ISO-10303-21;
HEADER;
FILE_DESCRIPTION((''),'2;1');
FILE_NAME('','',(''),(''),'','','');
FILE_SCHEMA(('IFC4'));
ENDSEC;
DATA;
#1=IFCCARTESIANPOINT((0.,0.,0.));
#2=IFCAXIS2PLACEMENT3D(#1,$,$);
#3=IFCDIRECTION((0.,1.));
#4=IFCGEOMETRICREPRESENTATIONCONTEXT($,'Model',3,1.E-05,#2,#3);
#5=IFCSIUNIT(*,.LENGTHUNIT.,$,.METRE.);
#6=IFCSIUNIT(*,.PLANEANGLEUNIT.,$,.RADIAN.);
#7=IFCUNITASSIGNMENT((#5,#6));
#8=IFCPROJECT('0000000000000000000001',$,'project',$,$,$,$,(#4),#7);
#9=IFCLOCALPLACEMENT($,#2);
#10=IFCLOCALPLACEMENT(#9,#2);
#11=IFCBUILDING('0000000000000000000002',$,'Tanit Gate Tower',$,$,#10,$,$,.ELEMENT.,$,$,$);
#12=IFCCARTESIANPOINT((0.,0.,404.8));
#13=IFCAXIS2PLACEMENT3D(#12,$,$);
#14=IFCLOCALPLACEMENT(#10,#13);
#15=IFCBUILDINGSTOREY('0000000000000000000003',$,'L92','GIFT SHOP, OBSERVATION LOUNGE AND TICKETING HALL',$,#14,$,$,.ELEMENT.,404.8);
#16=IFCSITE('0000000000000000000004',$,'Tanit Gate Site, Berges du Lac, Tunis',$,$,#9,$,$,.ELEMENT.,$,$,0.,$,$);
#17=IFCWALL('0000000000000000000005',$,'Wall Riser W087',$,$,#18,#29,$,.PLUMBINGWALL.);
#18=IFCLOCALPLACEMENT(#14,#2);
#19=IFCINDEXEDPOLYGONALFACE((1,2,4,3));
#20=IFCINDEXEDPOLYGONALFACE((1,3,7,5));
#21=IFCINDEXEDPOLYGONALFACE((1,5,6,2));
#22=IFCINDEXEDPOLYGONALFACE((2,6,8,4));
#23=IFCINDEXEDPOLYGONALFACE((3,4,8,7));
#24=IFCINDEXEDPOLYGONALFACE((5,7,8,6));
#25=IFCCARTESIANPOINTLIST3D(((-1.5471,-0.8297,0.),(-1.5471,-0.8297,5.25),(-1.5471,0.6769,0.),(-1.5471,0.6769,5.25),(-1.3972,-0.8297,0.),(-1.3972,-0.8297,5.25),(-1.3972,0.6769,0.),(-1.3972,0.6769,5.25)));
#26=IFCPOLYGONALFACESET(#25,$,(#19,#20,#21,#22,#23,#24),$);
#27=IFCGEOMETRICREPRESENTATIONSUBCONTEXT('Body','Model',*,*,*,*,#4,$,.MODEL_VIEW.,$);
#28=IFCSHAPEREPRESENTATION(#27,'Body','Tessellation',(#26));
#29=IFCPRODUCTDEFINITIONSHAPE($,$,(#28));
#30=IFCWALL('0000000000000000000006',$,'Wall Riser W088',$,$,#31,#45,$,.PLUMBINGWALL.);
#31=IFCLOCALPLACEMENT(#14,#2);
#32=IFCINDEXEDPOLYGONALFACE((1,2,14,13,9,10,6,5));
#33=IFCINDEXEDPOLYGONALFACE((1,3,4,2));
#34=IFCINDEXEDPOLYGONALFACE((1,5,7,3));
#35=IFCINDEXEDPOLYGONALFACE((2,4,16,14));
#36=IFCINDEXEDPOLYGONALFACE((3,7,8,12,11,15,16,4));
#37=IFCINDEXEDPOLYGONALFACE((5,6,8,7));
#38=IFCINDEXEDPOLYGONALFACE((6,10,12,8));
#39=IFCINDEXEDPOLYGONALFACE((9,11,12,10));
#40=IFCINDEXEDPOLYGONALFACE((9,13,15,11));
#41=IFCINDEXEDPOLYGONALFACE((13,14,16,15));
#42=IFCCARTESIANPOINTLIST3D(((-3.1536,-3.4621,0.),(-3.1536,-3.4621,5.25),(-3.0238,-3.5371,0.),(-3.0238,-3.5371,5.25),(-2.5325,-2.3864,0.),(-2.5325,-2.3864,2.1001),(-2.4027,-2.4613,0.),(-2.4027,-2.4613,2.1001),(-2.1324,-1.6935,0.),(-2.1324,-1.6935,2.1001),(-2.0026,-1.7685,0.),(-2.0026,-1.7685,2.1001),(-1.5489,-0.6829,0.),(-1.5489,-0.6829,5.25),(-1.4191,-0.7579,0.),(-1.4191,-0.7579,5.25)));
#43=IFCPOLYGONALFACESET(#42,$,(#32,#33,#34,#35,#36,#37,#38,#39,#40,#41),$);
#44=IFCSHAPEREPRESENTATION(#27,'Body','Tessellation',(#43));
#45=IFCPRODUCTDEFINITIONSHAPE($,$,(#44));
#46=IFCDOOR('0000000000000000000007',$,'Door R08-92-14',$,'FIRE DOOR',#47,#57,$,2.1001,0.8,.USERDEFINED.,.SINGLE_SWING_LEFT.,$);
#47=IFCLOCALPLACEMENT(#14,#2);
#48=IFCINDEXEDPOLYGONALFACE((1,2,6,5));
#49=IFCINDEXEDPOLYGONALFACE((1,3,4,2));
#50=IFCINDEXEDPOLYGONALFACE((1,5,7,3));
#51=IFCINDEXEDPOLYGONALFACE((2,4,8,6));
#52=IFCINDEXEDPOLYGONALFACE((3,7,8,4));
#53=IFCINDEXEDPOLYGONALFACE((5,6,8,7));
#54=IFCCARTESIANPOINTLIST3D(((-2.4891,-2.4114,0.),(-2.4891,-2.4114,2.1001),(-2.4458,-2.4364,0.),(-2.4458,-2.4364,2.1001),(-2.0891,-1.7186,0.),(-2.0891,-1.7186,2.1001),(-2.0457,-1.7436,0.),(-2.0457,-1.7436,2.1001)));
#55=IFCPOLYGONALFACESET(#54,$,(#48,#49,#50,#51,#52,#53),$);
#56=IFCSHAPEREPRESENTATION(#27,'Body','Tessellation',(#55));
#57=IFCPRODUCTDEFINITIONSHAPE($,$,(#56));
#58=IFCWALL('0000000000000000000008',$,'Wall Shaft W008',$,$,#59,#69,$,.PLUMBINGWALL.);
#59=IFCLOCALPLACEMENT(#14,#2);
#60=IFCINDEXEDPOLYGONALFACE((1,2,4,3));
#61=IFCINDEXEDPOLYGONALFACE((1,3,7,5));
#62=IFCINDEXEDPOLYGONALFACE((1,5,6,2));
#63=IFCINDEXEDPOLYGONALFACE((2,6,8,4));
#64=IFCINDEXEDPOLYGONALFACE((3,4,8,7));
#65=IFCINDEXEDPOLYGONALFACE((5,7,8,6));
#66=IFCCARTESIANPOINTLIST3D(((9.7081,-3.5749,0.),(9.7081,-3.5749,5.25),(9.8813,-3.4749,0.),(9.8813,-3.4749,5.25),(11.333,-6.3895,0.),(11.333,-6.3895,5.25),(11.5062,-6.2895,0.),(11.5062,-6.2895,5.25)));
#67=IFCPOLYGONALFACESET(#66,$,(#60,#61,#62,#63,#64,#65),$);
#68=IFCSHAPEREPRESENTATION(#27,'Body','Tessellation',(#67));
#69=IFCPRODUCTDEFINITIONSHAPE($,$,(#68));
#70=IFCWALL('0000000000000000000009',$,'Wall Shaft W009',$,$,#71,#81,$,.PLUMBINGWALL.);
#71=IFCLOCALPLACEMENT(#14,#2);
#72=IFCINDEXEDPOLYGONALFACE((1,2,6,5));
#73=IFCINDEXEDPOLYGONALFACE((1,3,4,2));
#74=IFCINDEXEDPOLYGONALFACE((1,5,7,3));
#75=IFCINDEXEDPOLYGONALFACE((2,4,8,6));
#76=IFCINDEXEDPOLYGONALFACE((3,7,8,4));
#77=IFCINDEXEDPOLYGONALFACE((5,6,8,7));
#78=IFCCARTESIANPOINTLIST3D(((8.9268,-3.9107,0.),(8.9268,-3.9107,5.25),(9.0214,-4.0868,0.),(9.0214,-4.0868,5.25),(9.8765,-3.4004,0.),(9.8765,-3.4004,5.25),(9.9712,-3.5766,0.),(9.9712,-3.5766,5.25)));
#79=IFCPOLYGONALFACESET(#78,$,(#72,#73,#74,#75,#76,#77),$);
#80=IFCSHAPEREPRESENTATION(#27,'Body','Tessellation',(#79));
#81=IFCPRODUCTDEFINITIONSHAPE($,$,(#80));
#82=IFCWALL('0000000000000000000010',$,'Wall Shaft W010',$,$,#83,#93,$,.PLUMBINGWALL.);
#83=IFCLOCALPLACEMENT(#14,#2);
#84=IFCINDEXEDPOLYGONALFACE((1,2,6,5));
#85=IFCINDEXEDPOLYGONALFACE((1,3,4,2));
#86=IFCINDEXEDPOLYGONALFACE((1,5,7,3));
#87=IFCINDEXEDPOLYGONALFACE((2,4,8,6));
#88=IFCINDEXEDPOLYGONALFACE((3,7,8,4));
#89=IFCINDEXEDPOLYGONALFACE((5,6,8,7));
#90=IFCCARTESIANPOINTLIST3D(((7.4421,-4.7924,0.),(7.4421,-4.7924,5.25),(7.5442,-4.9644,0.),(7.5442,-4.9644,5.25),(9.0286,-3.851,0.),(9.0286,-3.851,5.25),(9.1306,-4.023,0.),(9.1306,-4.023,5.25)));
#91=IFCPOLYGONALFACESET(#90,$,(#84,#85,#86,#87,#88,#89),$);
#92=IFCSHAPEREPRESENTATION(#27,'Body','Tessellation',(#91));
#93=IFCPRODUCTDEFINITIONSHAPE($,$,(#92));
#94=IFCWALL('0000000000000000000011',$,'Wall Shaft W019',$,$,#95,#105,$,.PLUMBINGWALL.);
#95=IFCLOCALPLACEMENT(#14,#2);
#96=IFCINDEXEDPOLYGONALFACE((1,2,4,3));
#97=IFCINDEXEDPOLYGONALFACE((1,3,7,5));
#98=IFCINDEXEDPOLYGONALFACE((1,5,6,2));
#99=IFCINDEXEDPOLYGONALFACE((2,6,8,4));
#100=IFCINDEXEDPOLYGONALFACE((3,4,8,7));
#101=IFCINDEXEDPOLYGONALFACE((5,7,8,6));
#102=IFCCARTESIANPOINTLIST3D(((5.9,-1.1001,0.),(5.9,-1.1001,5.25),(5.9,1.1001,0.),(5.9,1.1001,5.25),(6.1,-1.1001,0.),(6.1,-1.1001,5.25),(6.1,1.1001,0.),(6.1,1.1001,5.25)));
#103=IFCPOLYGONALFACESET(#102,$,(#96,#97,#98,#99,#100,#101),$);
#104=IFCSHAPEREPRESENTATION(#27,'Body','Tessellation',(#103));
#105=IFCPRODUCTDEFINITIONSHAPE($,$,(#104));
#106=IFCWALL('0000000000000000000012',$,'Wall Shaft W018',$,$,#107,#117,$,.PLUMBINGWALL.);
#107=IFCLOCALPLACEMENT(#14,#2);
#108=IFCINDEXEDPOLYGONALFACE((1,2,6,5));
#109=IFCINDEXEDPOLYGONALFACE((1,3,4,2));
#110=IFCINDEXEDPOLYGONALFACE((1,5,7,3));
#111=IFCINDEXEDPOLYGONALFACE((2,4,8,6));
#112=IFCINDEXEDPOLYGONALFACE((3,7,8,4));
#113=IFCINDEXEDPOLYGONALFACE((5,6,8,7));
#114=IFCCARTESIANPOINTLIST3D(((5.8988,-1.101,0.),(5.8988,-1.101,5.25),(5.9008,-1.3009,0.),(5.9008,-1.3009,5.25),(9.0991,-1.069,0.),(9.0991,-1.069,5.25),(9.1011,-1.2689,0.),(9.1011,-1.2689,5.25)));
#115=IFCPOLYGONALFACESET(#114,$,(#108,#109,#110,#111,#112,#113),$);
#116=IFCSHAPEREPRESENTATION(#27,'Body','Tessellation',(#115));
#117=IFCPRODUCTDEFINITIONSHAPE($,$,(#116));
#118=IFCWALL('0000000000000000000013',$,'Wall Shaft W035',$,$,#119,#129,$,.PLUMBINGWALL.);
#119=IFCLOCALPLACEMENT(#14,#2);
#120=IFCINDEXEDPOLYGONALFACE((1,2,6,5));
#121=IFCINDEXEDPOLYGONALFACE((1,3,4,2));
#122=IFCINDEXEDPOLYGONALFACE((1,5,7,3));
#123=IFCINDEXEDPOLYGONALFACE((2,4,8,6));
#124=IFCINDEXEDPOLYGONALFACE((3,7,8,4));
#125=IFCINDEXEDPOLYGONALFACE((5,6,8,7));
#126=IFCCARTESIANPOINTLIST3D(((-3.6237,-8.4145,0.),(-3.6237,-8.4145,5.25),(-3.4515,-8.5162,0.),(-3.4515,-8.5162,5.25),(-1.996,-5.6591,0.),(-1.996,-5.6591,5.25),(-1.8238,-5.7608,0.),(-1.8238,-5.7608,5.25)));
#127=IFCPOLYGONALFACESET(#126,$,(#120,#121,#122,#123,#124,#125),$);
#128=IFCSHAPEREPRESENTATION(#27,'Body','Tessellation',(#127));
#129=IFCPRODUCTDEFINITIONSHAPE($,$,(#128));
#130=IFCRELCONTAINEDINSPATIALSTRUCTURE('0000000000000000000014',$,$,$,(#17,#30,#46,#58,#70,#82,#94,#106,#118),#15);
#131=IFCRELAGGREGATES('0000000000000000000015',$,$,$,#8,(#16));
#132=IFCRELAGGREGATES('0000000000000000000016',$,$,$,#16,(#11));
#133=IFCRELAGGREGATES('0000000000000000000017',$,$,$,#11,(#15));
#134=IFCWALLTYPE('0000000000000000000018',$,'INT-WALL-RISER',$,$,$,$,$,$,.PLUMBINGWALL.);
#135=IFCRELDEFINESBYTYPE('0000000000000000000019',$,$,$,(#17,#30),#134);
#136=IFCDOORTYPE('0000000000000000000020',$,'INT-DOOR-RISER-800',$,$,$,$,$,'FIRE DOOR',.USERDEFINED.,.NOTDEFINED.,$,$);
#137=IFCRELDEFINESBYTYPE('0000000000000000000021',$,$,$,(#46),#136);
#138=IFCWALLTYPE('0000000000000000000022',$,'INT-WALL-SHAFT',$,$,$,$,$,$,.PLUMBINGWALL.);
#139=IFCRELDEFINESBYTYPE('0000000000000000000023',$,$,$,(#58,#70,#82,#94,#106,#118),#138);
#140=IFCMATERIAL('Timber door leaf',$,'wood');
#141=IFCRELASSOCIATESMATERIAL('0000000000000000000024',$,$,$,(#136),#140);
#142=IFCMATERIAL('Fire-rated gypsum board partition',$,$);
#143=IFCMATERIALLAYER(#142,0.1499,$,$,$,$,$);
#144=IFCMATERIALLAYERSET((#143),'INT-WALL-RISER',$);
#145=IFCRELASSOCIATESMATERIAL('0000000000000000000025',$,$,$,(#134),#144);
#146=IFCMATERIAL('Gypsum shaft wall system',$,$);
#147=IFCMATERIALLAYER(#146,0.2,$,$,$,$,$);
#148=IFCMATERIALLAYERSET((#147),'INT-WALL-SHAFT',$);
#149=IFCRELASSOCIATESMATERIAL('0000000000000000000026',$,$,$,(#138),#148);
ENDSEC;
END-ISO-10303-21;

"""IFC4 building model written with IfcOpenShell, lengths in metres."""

from ifc_helpers import new_model, si_unit, direction, frame, frame_2d, origin, place, context, subcontext, project, spatial, rectangle, extrude, material, layer, layer_set, type_object, element, fill, save


model = new_model("IFC4")

# Units and contexts
model_context = context("Model", 3, precision=1e-05, world=origin(), true_north=direction((0.0, 1.0)))
body_context = subcontext(model_context, "Body", "Model", "MODEL_VIEW")
ifc_project = project(units=[si_unit("LENGTHUNIT", "METRE"), si_unit("PLANEANGLEUNIT", "RADIAN")], contexts=[model_context])

# Site, building, storey
site_placement = place(None, origin())
site = spatial("IfcSite", under=ifc_project, at=site_placement, Name="Tanit Gate Site, Berges du Lac, Tunis", CompositionType="ELEMENT", RefElevation=0.0)
building_placement = place(site_placement, origin())
building = spatial("IfcBuilding", under=site, at=building_placement, Name="Tanit Gate Tower", CompositionType="ELEMENT")
storey_placement = place(building_placement, frame((0.0, 0.0, 404.8)))
storey = spatial("IfcBuildingStorey", under=building, at=storey_placement, Name="L92", Description="GIFT SHOP, OBSERVATION LOUNGE AND TICKETING HALL", CompositionType="ELEMENT", Elevation=404.8)

# Shared definitions
ifc_material_1 = material(Name="Timber door leaf", Category="wood")
door_type_1 = type_object("IfcDoorType", Name="INT-DOOR-RISER-800", ElementType="FIRE DOOR", OperationType="NOTDEFINED", PredefinedType="USERDEFINED", material=ifc_material_1)

# Shared definitions
ifc_material_2 = material(Name="Fire-rated gypsum board partition")
ifc_layer_1 = layer(ifc_material_2, 0.1499)
ifc_layer_set_1 = layer_set([ifc_layer_1], Name="INT-WALL-RISER")
wall_type_1 = type_object("IfcWallType", Name="INT-WALL-RISER", PredefinedType="PLUMBINGWALL", material=ifc_layer_set_1)

# Wall
wall_1_placement = place(storey_placement, frame((-1.4722, -0.8298, 0.0), z_axis=(0.0, 0.0, 1.0), x_axis=(0.0, 1.0, 0.0)))
element("IfcWall", 1, at=wall_1_placement, inside=storey, type_object=wall_type_1, Name="Wall Riser W087", PredefinedType="PLUMBINGWALL", context=body_context, shape_type="SweptSolid", body=[
    extrude(rectangle(XDim=1.5066, YDim=0.1499, at=frame_2d((0.7534, 0.0))), origin(), (0.0, 0.0, 1.0), 5.25),
])

# Wall, opening, door
wall_2_placement = place(storey_placement, frame((-3.0886, -3.4995, 0.0), z_axis=(0.0, 0.0, 1.0), x_axis=(0.500025, 0.866011, 0.0)))
wall_2 = element("IfcWall", 2, at=wall_2_placement, inside=storey, type_object=wall_type_1, Name="Wall Riser W088", PredefinedType="PLUMBINGWALL", context=body_context, shape_type="SweptSolid", body=[
    extrude(rectangle(XDim=3.2092, YDim=0.1499, at=frame_2d((1.6045, 0.0))), origin(), (0.0, 0.0, 1.0), 5.25),
])
opening_1_placement = place(wall_2_placement, frame((1.2422, 0.0, 0.0)))
opening_1 = element("IfcOpeningElement", 3, at=opening_1_placement, cuts=wall_2, PredefinedType="OPENING", context=body_context, shape_type="SweptSolid", body=[
    extrude(rectangle(XDim=0.8, YDim=2.1001, at=frame_2d((0.3999, 1.05))), frame((0.0, 0.085, 0.0), z_axis=(0.0, -1.0, 0.0), x_axis=(1.0, 0.0, 0.0)), (0.0, 0.0, 1.0), 0.1699),
])
door_1_placement = place(opening_1_placement, origin())
door_1 = element("IfcDoor", 4, at=door_1_placement, inside=storey, type_object=door_type_1, Name="Door R08-92-14", ObjectType="FIRE DOOR", OperationType="SINGLE_SWING_LEFT", OverallHeight=2.1001, OverallWidth=0.8, PredefinedType="USERDEFINED", context=body_context, shape_type="SweptSolid", body=[
    extrude(rectangle(XDim=0.8, YDim=2.1001, at=frame_2d((0.3999, 1.05))), frame((0.0, 0.0249, 0.0), z_axis=(0.0, -1.0, 0.0), x_axis=(1.0, 0.0, 0.0)), (0.0, 0.0, 1.0), 0.05),
])
fill(opening_1, door_1)

# Walls
ifc_material_3 = material(Name="Gypsum shaft wall system")
ifc_layer_2 = layer(ifc_material_3, 0.2)
ifc_layer_set_2 = layer_set([ifc_layer_2], Name="INT-WALL-SHAFT")
wall_type_2 = type_object("IfcWallType", Name="INT-WALL-SHAFT", PredefinedType="PLUMBINGWALL", material=ifc_layer_set_2)
wall_3_placement = place(storey_placement, frame((9.7947, -3.5249, 0.0), z_axis=(0.0, 0.0, 1.0), x_axis=(0.499985, -0.866034, 0.0)))
element("IfcWall", 5, at=wall_3_placement, inside=storey, type_object=wall_type_2, Name="Wall Shaft W008", PredefinedType="PLUMBINGWALL", context=body_context, shape_type="SweptSolid", body=[
    extrude(rectangle(XDim=3.25, YDim=0.2, at=frame_2d((1.625, 0.0))), origin(), (0.0, 0.0, 1.0), 5.25),
])
wall_4_placement = place(storey_placement, frame((8.9741, -3.9988, 0.0), z_axis=(0.0, 0.0, 1.0), x_axis=(0.880907, 0.473289, 0.0)))
element("IfcWall", 6, at=wall_4_placement, inside=storey, type_object=wall_type_2, Name="Wall Shaft W009", PredefinedType="PLUMBINGWALL", context=body_context, shape_type="SweptSolid", body=[
    extrude(rectangle(XDim=1.0781, YDim=0.2, at=frame_2d((0.5391, 0.0))), origin(), (0.0, 0.0, 1.0), 5.25),
])
wall_5_placement = place(storey_placement, frame((7.4932, -4.8784, 0.0), z_axis=(0.0, 0.0, 1.0), x_axis=(0.859982, 0.510325, 0.0)))
element("IfcWall", 7, at=wall_5_placement, inside=storey, type_object=wall_type_2, Name="Wall Shaft W010", PredefinedType="PLUMBINGWALL", context=body_context, shape_type="SweptSolid", body=[
    extrude(rectangle(XDim=1.8447, YDim=0.2, at=frame_2d((0.9224, 0.0))), origin(), (0.0, 0.0, 1.0), 5.25),
])
wall_6_placement = place(storey_placement, frame((6.0, -1.1001, 0.0), z_axis=(0.0, 0.0, 1.0), x_axis=(0.0, 1.0, 0.0)))
element("IfcWall", 8, at=wall_6_placement, inside=storey, type_object=wall_type_2, Name="Wall Shaft W019", PredefinedType="PLUMBINGWALL", context=body_context, shape_type="SweptSolid", body=[
    extrude(rectangle(XDim=2.2002, YDim=0.2, at=frame_2d((1.1001, 0.0))), origin(), (0.0, 0.0, 1.0), 5.25),
])
wall_7_placement = place(storey_placement, frame((5.8999, -1.2009, 0.0), z_axis=(0.0, 0.0, 1.0), x_axis=(0.99995, 0.009993, 0.0)))
element("IfcWall", 9, at=wall_7_placement, inside=storey, type_object=wall_type_2, Name="Wall Shaft W018", PredefinedType="PLUMBINGWALL", context=body_context, shape_type="SweptSolid", body=[
    extrude(rectangle(XDim=3.2004, YDim=0.2, at=frame_2d((1.6001, 0.0))), origin(), (0.0, 0.0, 1.0), 5.25),
])
wall_8_placement = place(storey_placement, frame((-1.9099, -5.71, 0.0), z_axis=(0.0, 0.0, 1.0), x_axis=(-0.508616, -0.860993, 0.0)))
element("IfcWall", 10, at=wall_8_placement, inside=storey, type_object=wall_type_2, Name="Wall Shaft W035", PredefinedType="PLUMBINGWALL", context=body_context, shape_type="SweptSolid", body=[
    extrude(rectangle(XDim=3.2002, YDim=0.2, at=frame_2d((1.6001, 0.0))), origin(), (0.0, 0.0, 1.0), 5.25),
])

save(model, "model.ifc")
